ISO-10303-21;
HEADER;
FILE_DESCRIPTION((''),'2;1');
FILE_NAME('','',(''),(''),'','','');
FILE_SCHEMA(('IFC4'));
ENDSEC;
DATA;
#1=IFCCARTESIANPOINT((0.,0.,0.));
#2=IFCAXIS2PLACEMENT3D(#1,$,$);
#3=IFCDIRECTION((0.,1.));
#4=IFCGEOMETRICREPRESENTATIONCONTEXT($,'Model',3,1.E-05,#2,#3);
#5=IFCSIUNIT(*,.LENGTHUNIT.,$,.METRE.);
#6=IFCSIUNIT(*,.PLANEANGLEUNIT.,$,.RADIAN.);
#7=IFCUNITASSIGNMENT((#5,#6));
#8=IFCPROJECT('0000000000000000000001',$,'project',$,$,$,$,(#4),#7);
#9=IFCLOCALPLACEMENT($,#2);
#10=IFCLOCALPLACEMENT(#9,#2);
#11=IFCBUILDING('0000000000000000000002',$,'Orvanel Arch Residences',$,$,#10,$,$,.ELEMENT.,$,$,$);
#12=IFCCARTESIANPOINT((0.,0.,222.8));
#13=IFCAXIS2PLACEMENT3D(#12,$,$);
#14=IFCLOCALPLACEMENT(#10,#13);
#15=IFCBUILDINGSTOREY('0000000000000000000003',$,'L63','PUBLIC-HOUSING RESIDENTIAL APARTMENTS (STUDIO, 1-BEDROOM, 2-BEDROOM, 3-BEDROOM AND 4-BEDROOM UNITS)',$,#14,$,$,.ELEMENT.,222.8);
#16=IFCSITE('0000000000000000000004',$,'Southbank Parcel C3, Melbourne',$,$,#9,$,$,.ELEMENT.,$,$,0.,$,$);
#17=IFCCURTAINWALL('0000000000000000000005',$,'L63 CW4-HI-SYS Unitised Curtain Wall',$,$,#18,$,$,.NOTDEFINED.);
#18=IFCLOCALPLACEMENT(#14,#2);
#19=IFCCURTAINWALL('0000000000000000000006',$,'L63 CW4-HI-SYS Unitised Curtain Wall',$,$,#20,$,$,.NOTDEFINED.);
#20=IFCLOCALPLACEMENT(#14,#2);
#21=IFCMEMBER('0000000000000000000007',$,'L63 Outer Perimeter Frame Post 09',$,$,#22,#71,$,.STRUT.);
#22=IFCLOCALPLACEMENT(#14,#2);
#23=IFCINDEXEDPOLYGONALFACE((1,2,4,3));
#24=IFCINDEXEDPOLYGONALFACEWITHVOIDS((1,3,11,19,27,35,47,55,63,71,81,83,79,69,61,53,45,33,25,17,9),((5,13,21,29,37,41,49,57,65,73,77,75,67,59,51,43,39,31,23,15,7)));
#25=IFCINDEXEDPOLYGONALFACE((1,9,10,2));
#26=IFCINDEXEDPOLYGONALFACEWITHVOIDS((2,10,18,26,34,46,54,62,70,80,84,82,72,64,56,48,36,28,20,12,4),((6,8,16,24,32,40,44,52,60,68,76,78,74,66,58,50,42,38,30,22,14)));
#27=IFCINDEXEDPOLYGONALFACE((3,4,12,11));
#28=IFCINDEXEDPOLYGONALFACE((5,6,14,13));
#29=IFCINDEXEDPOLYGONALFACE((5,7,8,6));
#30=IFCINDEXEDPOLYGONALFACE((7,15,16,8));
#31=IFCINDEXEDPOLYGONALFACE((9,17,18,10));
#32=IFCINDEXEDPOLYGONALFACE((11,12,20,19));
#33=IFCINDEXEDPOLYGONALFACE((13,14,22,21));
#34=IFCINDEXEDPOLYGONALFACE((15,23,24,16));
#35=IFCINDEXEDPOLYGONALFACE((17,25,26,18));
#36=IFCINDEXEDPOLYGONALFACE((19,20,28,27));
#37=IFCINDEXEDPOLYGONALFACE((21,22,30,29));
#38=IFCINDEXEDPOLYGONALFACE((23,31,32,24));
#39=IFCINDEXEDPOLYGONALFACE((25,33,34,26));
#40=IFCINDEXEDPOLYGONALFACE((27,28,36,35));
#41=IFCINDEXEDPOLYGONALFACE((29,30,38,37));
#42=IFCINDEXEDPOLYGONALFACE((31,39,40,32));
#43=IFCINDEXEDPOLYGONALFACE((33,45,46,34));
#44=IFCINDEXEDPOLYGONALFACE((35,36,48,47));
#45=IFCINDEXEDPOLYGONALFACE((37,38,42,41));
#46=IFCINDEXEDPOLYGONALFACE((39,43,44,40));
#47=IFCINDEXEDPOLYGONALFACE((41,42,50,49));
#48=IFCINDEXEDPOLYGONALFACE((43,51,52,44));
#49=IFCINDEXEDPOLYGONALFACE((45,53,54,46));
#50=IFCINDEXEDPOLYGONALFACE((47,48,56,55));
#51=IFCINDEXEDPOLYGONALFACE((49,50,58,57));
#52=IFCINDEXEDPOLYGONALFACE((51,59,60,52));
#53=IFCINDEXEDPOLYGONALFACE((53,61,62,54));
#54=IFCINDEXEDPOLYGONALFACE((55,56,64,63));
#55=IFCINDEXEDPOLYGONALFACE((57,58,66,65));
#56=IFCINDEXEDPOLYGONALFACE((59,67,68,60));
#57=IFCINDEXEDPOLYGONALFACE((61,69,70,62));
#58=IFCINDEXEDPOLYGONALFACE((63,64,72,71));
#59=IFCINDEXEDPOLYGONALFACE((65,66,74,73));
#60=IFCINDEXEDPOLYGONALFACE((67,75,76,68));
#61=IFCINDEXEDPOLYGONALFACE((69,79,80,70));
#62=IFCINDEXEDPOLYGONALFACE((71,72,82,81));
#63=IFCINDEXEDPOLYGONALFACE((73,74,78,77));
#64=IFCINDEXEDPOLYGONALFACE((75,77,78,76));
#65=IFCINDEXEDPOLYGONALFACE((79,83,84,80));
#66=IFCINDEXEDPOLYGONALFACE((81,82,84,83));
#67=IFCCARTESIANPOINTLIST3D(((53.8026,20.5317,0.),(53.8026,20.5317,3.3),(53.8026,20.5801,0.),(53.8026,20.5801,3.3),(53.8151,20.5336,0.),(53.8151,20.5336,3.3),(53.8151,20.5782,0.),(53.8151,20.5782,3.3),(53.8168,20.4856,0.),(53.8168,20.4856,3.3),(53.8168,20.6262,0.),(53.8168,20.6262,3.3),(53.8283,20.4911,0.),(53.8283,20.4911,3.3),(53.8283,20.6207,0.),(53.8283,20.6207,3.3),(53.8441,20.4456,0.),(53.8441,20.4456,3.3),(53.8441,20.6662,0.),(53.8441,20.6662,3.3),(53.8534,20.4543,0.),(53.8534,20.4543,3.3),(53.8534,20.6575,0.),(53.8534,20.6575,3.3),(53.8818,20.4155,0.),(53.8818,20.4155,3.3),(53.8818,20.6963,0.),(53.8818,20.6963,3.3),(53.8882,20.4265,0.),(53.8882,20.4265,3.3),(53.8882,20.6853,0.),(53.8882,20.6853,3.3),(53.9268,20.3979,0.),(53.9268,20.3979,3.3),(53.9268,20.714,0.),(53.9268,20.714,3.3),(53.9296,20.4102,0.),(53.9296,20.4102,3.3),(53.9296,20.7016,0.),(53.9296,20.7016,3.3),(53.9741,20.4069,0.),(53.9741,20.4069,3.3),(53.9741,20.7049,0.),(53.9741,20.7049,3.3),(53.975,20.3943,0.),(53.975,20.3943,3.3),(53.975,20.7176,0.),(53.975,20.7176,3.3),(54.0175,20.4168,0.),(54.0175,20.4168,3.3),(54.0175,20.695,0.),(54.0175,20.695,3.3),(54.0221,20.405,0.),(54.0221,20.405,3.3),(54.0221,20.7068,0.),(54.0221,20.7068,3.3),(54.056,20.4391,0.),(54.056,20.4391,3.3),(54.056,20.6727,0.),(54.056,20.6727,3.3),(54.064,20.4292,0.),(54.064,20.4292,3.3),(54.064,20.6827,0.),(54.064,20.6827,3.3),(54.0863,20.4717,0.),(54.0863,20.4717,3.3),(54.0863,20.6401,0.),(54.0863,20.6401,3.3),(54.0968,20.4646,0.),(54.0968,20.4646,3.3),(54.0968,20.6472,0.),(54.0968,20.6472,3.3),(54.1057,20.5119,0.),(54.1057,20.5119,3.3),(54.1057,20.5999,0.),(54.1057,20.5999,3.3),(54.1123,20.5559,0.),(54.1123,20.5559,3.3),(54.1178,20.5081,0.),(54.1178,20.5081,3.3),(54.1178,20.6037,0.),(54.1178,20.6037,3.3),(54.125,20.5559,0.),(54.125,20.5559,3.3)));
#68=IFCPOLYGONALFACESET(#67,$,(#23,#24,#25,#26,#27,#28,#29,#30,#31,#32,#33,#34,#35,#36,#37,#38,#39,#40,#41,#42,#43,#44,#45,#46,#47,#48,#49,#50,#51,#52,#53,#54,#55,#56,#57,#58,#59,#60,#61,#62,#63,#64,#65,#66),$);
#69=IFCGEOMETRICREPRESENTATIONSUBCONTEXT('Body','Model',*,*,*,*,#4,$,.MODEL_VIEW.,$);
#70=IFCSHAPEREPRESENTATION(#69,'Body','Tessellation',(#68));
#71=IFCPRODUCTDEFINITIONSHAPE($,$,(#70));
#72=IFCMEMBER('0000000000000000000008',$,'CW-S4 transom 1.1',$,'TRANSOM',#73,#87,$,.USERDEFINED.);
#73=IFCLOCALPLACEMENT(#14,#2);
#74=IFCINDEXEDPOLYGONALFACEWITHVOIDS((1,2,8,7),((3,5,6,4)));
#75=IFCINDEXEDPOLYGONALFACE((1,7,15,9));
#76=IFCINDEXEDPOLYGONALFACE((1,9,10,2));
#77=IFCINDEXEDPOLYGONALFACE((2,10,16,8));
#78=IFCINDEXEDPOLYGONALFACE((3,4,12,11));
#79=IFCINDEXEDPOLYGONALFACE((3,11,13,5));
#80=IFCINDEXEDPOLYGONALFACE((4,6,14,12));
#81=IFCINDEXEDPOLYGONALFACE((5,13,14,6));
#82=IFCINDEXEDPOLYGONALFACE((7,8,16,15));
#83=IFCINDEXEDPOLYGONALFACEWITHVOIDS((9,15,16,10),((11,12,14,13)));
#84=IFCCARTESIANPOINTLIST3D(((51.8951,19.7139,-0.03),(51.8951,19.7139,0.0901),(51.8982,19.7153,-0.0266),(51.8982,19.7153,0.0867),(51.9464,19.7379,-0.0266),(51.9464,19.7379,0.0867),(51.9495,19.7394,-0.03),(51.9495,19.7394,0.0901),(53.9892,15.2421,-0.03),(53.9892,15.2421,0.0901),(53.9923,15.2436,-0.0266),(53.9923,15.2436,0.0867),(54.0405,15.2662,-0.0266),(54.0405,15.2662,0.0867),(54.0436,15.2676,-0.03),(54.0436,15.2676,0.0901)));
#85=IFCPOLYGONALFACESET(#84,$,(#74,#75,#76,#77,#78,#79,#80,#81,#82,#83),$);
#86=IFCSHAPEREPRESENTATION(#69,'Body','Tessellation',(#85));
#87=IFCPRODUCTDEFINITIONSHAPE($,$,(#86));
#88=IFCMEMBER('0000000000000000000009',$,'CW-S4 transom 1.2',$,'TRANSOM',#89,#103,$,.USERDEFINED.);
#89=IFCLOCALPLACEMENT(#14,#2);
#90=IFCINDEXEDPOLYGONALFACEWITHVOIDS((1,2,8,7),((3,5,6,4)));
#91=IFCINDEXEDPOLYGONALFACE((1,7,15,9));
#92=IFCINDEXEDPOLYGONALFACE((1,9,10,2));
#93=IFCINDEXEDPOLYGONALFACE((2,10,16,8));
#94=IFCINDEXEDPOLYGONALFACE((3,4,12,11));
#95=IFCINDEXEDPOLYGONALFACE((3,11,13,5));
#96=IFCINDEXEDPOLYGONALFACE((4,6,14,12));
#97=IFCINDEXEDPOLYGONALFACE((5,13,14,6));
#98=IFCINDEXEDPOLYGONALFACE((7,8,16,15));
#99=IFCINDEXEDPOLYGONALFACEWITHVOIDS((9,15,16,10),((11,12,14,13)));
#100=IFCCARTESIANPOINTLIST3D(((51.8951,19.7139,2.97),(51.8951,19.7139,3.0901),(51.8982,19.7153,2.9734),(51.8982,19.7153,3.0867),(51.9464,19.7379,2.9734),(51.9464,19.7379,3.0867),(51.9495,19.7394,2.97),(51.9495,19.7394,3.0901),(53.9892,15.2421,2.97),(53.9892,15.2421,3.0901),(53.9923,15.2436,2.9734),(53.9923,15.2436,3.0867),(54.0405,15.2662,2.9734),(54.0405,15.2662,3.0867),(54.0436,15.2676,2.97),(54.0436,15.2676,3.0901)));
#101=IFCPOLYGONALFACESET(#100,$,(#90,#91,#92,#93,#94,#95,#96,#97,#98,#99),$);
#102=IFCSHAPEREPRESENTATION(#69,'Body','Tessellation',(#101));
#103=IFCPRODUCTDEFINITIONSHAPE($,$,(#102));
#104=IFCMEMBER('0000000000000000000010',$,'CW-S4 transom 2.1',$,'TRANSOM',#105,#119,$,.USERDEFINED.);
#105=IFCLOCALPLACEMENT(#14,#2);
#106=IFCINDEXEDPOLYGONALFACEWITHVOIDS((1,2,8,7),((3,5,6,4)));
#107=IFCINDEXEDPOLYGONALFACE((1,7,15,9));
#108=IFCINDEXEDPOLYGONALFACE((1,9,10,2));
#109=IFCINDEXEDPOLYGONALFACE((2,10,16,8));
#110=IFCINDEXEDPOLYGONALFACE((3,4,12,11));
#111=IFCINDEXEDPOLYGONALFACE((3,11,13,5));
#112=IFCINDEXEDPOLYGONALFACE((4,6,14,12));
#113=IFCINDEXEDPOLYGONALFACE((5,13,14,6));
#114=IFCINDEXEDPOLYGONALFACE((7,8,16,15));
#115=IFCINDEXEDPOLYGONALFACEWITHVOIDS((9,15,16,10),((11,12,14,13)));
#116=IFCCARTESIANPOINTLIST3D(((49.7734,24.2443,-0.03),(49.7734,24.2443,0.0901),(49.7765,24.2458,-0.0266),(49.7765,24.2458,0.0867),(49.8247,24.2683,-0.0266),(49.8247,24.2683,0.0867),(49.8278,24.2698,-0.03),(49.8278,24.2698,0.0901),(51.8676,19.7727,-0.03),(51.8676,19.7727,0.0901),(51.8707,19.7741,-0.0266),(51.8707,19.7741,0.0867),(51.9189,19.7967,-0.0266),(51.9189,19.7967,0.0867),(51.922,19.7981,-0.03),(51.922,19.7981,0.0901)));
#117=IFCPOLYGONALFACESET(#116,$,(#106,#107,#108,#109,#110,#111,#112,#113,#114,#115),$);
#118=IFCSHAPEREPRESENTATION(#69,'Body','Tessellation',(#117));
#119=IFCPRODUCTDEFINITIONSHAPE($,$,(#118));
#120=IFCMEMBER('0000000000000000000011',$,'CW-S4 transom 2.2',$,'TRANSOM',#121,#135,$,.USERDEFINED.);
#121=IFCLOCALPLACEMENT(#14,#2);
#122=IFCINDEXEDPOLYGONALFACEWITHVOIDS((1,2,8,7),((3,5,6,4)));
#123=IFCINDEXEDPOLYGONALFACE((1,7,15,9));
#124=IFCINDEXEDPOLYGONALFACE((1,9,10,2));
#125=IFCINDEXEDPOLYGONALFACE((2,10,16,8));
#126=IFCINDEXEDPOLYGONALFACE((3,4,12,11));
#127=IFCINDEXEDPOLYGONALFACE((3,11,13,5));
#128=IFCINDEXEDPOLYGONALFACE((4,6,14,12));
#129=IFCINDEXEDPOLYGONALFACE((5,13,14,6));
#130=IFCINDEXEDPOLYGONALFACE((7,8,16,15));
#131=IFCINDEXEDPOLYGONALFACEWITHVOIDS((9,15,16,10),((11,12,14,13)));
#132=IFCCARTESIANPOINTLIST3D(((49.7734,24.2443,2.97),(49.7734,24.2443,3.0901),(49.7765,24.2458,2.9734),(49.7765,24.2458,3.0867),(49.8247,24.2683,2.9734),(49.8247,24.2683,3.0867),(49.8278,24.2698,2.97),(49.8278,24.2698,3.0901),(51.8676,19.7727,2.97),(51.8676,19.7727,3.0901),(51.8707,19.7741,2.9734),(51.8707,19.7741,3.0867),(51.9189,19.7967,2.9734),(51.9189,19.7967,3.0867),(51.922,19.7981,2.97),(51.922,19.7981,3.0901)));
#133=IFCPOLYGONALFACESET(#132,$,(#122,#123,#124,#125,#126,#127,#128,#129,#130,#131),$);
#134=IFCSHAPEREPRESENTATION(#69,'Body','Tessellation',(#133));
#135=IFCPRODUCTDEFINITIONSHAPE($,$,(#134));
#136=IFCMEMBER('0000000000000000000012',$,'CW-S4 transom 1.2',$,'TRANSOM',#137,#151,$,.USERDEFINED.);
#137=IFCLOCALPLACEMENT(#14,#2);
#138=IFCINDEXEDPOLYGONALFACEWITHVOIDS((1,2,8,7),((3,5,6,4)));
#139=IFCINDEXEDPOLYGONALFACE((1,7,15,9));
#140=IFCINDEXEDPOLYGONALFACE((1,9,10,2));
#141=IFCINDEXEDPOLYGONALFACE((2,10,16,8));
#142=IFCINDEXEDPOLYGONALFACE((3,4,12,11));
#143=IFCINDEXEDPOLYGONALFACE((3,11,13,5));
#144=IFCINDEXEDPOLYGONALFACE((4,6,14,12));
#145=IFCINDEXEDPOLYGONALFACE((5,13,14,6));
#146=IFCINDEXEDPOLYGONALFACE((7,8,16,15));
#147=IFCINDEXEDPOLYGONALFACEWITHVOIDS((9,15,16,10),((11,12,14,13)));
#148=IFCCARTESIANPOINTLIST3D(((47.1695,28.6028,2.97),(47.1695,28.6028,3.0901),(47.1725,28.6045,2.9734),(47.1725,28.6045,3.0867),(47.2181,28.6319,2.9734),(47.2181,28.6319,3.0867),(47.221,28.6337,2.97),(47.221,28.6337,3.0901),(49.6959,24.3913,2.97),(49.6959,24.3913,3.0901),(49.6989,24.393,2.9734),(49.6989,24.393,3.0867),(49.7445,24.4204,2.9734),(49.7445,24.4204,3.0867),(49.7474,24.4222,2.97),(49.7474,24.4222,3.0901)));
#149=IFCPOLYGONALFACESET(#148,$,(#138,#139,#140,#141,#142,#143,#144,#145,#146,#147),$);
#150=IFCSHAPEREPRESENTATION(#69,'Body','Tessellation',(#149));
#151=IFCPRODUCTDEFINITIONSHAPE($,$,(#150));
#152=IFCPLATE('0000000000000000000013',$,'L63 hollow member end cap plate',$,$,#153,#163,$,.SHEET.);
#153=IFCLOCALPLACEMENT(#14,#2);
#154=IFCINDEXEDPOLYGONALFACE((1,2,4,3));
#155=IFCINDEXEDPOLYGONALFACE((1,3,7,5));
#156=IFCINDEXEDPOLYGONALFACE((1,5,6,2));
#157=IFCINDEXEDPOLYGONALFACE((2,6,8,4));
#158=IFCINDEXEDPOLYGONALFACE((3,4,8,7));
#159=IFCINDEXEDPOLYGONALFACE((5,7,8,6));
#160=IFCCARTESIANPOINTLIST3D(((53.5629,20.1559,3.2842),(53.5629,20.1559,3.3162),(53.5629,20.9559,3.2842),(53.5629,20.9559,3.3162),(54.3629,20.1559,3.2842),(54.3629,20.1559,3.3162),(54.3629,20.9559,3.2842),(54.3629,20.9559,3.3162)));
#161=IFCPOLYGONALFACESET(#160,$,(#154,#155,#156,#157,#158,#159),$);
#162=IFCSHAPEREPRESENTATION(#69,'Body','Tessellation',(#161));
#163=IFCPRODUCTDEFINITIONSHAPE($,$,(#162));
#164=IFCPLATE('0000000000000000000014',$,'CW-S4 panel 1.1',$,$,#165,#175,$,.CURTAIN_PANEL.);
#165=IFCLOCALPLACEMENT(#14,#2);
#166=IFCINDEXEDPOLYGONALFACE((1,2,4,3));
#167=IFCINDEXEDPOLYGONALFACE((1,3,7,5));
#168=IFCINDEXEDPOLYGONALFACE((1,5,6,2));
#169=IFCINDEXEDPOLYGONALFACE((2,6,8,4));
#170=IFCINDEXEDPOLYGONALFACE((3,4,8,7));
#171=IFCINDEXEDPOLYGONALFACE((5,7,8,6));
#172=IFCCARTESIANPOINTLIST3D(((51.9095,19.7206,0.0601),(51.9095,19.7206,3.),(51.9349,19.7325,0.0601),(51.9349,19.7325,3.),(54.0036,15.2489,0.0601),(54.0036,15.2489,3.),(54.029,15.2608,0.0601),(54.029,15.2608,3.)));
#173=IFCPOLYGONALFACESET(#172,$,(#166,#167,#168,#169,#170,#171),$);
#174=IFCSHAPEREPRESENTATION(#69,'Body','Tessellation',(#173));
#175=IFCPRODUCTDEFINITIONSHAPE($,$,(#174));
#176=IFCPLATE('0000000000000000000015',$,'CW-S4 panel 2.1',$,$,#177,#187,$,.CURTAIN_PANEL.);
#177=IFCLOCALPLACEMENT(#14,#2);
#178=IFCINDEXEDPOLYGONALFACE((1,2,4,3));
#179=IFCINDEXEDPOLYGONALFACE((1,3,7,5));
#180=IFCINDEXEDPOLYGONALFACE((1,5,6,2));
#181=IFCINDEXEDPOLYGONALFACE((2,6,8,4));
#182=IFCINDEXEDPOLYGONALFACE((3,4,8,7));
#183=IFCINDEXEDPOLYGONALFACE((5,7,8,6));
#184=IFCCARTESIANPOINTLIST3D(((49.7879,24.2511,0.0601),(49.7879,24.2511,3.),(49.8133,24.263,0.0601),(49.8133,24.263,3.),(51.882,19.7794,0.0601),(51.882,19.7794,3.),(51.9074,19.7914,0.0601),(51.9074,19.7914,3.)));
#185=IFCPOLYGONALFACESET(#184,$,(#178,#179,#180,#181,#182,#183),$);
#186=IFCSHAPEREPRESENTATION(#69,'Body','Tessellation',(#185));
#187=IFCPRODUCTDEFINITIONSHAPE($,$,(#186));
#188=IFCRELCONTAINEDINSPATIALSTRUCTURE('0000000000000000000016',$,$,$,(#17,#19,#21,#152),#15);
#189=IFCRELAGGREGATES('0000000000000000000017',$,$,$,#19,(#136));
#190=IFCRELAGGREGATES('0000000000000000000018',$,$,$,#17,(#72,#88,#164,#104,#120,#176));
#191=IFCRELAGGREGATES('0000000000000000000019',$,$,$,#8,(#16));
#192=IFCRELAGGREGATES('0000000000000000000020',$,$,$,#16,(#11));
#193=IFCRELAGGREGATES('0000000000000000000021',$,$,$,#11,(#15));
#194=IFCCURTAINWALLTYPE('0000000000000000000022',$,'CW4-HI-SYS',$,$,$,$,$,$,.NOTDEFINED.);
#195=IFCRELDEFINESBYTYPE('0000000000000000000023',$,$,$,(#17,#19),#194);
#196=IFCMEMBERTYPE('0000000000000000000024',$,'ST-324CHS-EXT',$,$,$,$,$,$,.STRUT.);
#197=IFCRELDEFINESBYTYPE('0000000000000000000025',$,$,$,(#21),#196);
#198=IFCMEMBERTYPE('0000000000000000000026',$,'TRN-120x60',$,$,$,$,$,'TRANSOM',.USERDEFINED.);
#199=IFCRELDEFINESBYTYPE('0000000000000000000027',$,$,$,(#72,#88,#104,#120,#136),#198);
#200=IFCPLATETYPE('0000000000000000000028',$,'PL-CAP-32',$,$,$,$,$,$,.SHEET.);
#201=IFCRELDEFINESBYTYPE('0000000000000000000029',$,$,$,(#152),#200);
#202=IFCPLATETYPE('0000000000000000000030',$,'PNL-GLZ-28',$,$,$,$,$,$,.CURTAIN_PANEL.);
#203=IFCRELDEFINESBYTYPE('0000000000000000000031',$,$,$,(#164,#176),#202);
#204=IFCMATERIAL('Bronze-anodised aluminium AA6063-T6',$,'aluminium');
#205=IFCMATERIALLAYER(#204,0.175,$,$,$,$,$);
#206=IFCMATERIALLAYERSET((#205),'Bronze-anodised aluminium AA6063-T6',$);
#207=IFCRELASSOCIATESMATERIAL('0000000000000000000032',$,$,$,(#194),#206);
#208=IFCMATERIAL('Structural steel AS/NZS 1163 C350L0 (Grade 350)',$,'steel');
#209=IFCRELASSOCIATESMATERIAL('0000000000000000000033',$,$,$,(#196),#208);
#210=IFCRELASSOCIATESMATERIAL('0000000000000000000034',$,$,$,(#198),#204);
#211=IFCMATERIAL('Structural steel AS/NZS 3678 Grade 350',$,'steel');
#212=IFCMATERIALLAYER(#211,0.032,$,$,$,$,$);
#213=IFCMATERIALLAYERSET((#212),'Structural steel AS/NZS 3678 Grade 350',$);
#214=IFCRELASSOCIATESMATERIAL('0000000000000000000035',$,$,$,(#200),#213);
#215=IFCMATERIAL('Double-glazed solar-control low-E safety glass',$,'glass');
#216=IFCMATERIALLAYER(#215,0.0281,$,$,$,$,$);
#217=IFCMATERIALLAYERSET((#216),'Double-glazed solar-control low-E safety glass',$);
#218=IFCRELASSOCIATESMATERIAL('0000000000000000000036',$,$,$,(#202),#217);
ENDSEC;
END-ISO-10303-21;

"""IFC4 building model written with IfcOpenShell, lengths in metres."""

from ifc_helpers import new_model, si_unit, direction, frame, origin, origin_2d, place, context, subcontext, project, spatial, rectangle, hollow_rectangle, hollow_circle, extrude, material, layer, layer_set, material_profile, profile_set, type_object, element, aggregate, save


model = new_model("IFC4")

# Units and contexts
model_context = context("Model", 3, precision=1e-05, world=origin(), true_north=direction((0.0, 1.0)))
body_context = subcontext(model_context, "Body", "Model", "MODEL_VIEW")
ifc_project = project(units=[si_unit("LENGTHUNIT", "METRE"), si_unit("PLANEANGLEUNIT", "RADIAN")], contexts=[model_context])

# Site, building, storey
site_placement = place(None, origin())
site = spatial("IfcSite", under=ifc_project, at=site_placement, Name="Southbank Parcel C3, Melbourne", CompositionType="ELEMENT", RefElevation=0.0)
building_placement = place(site_placement, origin())
building = spatial("IfcBuilding", under=site, at=building_placement, Name="Orvanel Arch Residences", CompositionType="ELEMENT")
storey_placement = place(building_placement, frame((0.0, 0.0, 222.8)))
storey = spatial("IfcBuildingStorey", under=building, at=storey_placement, Name="L63", Description="PUBLIC-HOUSING RESIDENTIAL APARTMENTS (STUDIO, 1-BEDROOM, 2-BEDROOM, 3-BEDROOM AND 4-BEDROOM UNITS)", CompositionType="ELEMENT", Elevation=222.8)

# Shared definitions
ifc_material_1 = material(Name="Bronze-anodised aluminium AA6063-T6", Category="aluminium")

# Curtain wall
ifc_layer_1 = layer(ifc_material_1, 0.175)
ifc_layer_set_1 = layer_set([ifc_layer_1], Name="Bronze-anodised aluminium AA6063-T6")
curtain_wall_type_1 = type_object("IfcCurtainWallType", Name="CW4-HI-SYS", PredefinedType="NOTDEFINED", material=ifc_layer_set_1)
curtain_wall_1_placement = place(storey_placement, origin())
curtain_wall_1 = element("IfcCurtainWall", 1, at=curtain_wall_1_placement, inside=storey, type_object=curtain_wall_type_1, Name="L63 CW4-HI-SYS Unitised Curtain Wall", PredefinedType="NOTDEFINED")

# Curtain wall
curtain_wall_2_placement = place(storey_placement, origin())
curtain_wall_2 = element("IfcCurtainWall", 2, at=curtain_wall_2_placement, inside=storey, type_object=curtain_wall_type_1, Name="L63 CW4-HI-SYS Unitised Curtain Wall", PredefinedType="NOTDEFINED")

# Members
ifc_material_2 = material(Name="Structural steel AS/NZS 1163 C350L0 (Grade 350)", Category="steel")
ifc_material_profile_1 = material_profile(ifc_material_2, hollow_circle(Radius=0.1621, WallThickness=0.0127, at=origin_2d()), Name="CHS324x12.7")
ifc_profile_set_1 = profile_set([ifc_material_profile_1], Name="Structural steel AS/NZS 1163 C350L0 (Grade 350)")
member_type_1 = type_object("IfcMemberType", Name="ST-324CHS-EXT", PredefinedType="STRUT", material=ifc_profile_set_1)
member_1_placement = place(storey_placement, frame((53.9629, 20.5559, 0.0), z_axis=(0.0, 0.0, 1.0), x_axis=(1.0, 0.0, 0.0)))
element("IfcMember", 3, at=member_1_placement, inside=storey, type_object=member_type_1, Name="L63 Outer Perimeter Frame Post 09", PredefinedType="STRUT", context=body_context, shape_type="SweptSolid", body=[
    extrude(hollow_circle(Radius=0.1621, WallThickness=0.0127, at=origin_2d()), origin(), (0.0, 0.0, 1.0), 3.3),
])
ifc_material_profile_2 = material_profile(ifc_material_1, hollow_rectangle(XDim=0.0601, YDim=0.1201, WallThickness=0.0034, at=origin_2d()), Name="ALU120x60x3.5")
ifc_profile_set_2 = profile_set([ifc_material_profile_2], Name="Bronze-anodised aluminium AA6063-T6")
member_type_2 = type_object("IfcMemberType", Name="TRN-120x60", ElementType="TRANSOM", PredefinedType="USERDEFINED", material=ifc_profile_set_2)
member_2_placement = place(storey_placement, frame((54.0164, 15.2549, 0.03), z_axis=(-0.424084, 0.905623, 0.0), x_axis=(-0.905623, -0.424084, 0.0)))
member_2 = element("IfcMember", 4, at=member_2_placement, type_object=member_type_2, Name="CW-S4 transom 1.1", ObjectType="TRANSOM", PredefinedType="USERDEFINED", context=body_context, shape_type="SweptSolid", body=[
    extrude(hollow_rectangle(XDim=0.0601, YDim=0.1201, WallThickness=0.0034, at=origin_2d()), origin(), (0.0, 0.0, 1.0), 4.9377),
])
member_3_placement = place(storey_placement, frame((54.0164, 15.2549, 3.03), z_axis=(-0.424084, 0.905623, 0.0), x_axis=(-0.905623, -0.424084, 0.0)))
member_3 = element("IfcMember", 5, at=member_3_placement, type_object=member_type_2, Name="CW-S4 transom 1.2", ObjectType="TRANSOM", PredefinedType="USERDEFINED", context=body_context, shape_type="SweptSolid", body=[
    extrude(hollow_rectangle(XDim=0.0601, YDim=0.1201, WallThickness=0.0034, at=origin_2d()), origin(), (0.0, 0.0, 1.0), 4.9377),
])
member_4_placement = place(storey_placement, frame((51.8948, 19.7854, 0.03), z_axis=(-0.424125, 0.905604, 0.0), x_axis=(-0.905604, -0.424125, 0.0)))
member_4 = element("IfcMember", 6, at=member_4_placement, type_object=member_type_2, Name="CW-S4 transom 2.1", ObjectType="TRANSOM", PredefinedType="USERDEFINED", context=body_context, shape_type="SweptSolid", body=[
    extrude(hollow_rectangle(XDim=0.0601, YDim=0.1201, WallThickness=0.0034, at=origin_2d()), origin(), (0.0, 0.0, 1.0), 4.9377),
])
member_5_placement = place(storey_placement, frame((51.8948, 19.7854, 3.03), z_axis=(-0.424125, 0.905604, 0.0), x_axis=(-0.905604, -0.424125, 0.0)))
member_5 = element("IfcMember", 7, at=member_5_placement, type_object=member_type_2, Name="CW-S4 transom 2.2", ObjectType="TRANSOM", PredefinedType="USERDEFINED", context=body_context, shape_type="SweptSolid", body=[
    extrude(hollow_rectangle(XDim=0.0601, YDim=0.1201, WallThickness=0.0034, at=origin_2d()), origin(), (0.0, 0.0, 1.0), 4.9377),
])
member_6_placement = place(storey_placement, frame((49.7217, 24.4067, 3.03), z_axis=(-0.514423, 0.857537, 0.0), x_axis=(-0.857537, -0.514423, 0.0)))
member_6 = element("IfcMember", 8, at=member_6_placement, type_object=member_type_2, Name="CW-S4 transom 1.2", ObjectType="TRANSOM", PredefinedType="USERDEFINED", context=body_context, shape_type="SweptSolid", body=[
    extrude(hollow_rectangle(XDim=0.0601, YDim=0.1201, WallThickness=0.0034, at=origin_2d()), origin(), (0.0, 0.0, 1.0), 4.9111),
])
aggregate(curtain_wall_2, [member_6])

# Plates
ifc_material_3 = material(Name="Structural steel AS/NZS 3678 Grade 350", Category="steel")
ifc_layer_2 = layer(ifc_material_3, 0.032)
ifc_layer_set_2 = layer_set([ifc_layer_2], Name="Structural steel AS/NZS 3678 Grade 350")
plate_type_1 = type_object("IfcPlateType", Name="PL-CAP-32", PredefinedType="SHEET", material=ifc_layer_set_2)
plate_1_placement = place(storey_placement, frame((53.9629, 20.5559, 3.2842), z_axis=(0.0, 0.0, 1.0), x_axis=(1.0, 0.0, 0.0)))
element("IfcPlate", 9, at=plate_1_placement, inside=storey, type_object=plate_type_1, Name="L63 hollow member end cap plate", PredefinedType="SHEET", context=body_context, shape_type="SweptSolid", body=[
    extrude(rectangle(XDim=0.8, YDim=0.8, at=origin_2d()), origin(), (0.0, 0.0, 1.0), 0.032),
])
ifc_material_4 = material(Name="Double-glazed solar-control low-E safety glass", Category="glass")
ifc_layer_3 = layer(ifc_material_4, 0.0281)
ifc_layer_set_3 = layer_set([ifc_layer_3], Name="Double-glazed solar-control low-E safety glass")
plate_type_2 = type_object("IfcPlateType", Name="PNL-GLZ-28", PredefinedType="CURTAIN_PANEL", material=ifc_layer_set_3)
plate_2_placement = place(storey_placement, frame((52.9692, 17.4907, 0.0601), z_axis=(0.0, 0.0, 1.0), x_axis=(-0.424108, 0.905612, 0.0)))
plate_2 = element("IfcPlate", 10, at=plate_2_placement, type_object=plate_type_2, Name="CW-S4 panel 1.1", PredefinedType="CURTAIN_PANEL", context=body_context, shape_type="SweptSolid", body=[
    extrude(rectangle(XDim=4.9377, YDim=0.0281, at=origin_2d()), origin(), (0.0, 0.0, 1.0), 2.9399),
])
plate_3_placement = place(storey_placement, frame((50.8477, 22.0212, 0.0601), z_axis=(0.0, 0.0, 1.0), x_axis=(-0.424108, 0.905612, 0.0)))
plate_3 = element("IfcPlate", 11, at=plate_3_placement, type_object=plate_type_2, Name="CW-S4 panel 2.1", PredefinedType="CURTAIN_PANEL", context=body_context, shape_type="SweptSolid", body=[
    extrude(rectangle(XDim=4.9377, YDim=0.0281, at=origin_2d()), origin(), (0.0, 0.0, 1.0), 2.9399),
])
aggregate(curtain_wall_1, [member_2, member_3, plate_2, member_4, member_5, plate_3])

save(model, "model.ifc")
